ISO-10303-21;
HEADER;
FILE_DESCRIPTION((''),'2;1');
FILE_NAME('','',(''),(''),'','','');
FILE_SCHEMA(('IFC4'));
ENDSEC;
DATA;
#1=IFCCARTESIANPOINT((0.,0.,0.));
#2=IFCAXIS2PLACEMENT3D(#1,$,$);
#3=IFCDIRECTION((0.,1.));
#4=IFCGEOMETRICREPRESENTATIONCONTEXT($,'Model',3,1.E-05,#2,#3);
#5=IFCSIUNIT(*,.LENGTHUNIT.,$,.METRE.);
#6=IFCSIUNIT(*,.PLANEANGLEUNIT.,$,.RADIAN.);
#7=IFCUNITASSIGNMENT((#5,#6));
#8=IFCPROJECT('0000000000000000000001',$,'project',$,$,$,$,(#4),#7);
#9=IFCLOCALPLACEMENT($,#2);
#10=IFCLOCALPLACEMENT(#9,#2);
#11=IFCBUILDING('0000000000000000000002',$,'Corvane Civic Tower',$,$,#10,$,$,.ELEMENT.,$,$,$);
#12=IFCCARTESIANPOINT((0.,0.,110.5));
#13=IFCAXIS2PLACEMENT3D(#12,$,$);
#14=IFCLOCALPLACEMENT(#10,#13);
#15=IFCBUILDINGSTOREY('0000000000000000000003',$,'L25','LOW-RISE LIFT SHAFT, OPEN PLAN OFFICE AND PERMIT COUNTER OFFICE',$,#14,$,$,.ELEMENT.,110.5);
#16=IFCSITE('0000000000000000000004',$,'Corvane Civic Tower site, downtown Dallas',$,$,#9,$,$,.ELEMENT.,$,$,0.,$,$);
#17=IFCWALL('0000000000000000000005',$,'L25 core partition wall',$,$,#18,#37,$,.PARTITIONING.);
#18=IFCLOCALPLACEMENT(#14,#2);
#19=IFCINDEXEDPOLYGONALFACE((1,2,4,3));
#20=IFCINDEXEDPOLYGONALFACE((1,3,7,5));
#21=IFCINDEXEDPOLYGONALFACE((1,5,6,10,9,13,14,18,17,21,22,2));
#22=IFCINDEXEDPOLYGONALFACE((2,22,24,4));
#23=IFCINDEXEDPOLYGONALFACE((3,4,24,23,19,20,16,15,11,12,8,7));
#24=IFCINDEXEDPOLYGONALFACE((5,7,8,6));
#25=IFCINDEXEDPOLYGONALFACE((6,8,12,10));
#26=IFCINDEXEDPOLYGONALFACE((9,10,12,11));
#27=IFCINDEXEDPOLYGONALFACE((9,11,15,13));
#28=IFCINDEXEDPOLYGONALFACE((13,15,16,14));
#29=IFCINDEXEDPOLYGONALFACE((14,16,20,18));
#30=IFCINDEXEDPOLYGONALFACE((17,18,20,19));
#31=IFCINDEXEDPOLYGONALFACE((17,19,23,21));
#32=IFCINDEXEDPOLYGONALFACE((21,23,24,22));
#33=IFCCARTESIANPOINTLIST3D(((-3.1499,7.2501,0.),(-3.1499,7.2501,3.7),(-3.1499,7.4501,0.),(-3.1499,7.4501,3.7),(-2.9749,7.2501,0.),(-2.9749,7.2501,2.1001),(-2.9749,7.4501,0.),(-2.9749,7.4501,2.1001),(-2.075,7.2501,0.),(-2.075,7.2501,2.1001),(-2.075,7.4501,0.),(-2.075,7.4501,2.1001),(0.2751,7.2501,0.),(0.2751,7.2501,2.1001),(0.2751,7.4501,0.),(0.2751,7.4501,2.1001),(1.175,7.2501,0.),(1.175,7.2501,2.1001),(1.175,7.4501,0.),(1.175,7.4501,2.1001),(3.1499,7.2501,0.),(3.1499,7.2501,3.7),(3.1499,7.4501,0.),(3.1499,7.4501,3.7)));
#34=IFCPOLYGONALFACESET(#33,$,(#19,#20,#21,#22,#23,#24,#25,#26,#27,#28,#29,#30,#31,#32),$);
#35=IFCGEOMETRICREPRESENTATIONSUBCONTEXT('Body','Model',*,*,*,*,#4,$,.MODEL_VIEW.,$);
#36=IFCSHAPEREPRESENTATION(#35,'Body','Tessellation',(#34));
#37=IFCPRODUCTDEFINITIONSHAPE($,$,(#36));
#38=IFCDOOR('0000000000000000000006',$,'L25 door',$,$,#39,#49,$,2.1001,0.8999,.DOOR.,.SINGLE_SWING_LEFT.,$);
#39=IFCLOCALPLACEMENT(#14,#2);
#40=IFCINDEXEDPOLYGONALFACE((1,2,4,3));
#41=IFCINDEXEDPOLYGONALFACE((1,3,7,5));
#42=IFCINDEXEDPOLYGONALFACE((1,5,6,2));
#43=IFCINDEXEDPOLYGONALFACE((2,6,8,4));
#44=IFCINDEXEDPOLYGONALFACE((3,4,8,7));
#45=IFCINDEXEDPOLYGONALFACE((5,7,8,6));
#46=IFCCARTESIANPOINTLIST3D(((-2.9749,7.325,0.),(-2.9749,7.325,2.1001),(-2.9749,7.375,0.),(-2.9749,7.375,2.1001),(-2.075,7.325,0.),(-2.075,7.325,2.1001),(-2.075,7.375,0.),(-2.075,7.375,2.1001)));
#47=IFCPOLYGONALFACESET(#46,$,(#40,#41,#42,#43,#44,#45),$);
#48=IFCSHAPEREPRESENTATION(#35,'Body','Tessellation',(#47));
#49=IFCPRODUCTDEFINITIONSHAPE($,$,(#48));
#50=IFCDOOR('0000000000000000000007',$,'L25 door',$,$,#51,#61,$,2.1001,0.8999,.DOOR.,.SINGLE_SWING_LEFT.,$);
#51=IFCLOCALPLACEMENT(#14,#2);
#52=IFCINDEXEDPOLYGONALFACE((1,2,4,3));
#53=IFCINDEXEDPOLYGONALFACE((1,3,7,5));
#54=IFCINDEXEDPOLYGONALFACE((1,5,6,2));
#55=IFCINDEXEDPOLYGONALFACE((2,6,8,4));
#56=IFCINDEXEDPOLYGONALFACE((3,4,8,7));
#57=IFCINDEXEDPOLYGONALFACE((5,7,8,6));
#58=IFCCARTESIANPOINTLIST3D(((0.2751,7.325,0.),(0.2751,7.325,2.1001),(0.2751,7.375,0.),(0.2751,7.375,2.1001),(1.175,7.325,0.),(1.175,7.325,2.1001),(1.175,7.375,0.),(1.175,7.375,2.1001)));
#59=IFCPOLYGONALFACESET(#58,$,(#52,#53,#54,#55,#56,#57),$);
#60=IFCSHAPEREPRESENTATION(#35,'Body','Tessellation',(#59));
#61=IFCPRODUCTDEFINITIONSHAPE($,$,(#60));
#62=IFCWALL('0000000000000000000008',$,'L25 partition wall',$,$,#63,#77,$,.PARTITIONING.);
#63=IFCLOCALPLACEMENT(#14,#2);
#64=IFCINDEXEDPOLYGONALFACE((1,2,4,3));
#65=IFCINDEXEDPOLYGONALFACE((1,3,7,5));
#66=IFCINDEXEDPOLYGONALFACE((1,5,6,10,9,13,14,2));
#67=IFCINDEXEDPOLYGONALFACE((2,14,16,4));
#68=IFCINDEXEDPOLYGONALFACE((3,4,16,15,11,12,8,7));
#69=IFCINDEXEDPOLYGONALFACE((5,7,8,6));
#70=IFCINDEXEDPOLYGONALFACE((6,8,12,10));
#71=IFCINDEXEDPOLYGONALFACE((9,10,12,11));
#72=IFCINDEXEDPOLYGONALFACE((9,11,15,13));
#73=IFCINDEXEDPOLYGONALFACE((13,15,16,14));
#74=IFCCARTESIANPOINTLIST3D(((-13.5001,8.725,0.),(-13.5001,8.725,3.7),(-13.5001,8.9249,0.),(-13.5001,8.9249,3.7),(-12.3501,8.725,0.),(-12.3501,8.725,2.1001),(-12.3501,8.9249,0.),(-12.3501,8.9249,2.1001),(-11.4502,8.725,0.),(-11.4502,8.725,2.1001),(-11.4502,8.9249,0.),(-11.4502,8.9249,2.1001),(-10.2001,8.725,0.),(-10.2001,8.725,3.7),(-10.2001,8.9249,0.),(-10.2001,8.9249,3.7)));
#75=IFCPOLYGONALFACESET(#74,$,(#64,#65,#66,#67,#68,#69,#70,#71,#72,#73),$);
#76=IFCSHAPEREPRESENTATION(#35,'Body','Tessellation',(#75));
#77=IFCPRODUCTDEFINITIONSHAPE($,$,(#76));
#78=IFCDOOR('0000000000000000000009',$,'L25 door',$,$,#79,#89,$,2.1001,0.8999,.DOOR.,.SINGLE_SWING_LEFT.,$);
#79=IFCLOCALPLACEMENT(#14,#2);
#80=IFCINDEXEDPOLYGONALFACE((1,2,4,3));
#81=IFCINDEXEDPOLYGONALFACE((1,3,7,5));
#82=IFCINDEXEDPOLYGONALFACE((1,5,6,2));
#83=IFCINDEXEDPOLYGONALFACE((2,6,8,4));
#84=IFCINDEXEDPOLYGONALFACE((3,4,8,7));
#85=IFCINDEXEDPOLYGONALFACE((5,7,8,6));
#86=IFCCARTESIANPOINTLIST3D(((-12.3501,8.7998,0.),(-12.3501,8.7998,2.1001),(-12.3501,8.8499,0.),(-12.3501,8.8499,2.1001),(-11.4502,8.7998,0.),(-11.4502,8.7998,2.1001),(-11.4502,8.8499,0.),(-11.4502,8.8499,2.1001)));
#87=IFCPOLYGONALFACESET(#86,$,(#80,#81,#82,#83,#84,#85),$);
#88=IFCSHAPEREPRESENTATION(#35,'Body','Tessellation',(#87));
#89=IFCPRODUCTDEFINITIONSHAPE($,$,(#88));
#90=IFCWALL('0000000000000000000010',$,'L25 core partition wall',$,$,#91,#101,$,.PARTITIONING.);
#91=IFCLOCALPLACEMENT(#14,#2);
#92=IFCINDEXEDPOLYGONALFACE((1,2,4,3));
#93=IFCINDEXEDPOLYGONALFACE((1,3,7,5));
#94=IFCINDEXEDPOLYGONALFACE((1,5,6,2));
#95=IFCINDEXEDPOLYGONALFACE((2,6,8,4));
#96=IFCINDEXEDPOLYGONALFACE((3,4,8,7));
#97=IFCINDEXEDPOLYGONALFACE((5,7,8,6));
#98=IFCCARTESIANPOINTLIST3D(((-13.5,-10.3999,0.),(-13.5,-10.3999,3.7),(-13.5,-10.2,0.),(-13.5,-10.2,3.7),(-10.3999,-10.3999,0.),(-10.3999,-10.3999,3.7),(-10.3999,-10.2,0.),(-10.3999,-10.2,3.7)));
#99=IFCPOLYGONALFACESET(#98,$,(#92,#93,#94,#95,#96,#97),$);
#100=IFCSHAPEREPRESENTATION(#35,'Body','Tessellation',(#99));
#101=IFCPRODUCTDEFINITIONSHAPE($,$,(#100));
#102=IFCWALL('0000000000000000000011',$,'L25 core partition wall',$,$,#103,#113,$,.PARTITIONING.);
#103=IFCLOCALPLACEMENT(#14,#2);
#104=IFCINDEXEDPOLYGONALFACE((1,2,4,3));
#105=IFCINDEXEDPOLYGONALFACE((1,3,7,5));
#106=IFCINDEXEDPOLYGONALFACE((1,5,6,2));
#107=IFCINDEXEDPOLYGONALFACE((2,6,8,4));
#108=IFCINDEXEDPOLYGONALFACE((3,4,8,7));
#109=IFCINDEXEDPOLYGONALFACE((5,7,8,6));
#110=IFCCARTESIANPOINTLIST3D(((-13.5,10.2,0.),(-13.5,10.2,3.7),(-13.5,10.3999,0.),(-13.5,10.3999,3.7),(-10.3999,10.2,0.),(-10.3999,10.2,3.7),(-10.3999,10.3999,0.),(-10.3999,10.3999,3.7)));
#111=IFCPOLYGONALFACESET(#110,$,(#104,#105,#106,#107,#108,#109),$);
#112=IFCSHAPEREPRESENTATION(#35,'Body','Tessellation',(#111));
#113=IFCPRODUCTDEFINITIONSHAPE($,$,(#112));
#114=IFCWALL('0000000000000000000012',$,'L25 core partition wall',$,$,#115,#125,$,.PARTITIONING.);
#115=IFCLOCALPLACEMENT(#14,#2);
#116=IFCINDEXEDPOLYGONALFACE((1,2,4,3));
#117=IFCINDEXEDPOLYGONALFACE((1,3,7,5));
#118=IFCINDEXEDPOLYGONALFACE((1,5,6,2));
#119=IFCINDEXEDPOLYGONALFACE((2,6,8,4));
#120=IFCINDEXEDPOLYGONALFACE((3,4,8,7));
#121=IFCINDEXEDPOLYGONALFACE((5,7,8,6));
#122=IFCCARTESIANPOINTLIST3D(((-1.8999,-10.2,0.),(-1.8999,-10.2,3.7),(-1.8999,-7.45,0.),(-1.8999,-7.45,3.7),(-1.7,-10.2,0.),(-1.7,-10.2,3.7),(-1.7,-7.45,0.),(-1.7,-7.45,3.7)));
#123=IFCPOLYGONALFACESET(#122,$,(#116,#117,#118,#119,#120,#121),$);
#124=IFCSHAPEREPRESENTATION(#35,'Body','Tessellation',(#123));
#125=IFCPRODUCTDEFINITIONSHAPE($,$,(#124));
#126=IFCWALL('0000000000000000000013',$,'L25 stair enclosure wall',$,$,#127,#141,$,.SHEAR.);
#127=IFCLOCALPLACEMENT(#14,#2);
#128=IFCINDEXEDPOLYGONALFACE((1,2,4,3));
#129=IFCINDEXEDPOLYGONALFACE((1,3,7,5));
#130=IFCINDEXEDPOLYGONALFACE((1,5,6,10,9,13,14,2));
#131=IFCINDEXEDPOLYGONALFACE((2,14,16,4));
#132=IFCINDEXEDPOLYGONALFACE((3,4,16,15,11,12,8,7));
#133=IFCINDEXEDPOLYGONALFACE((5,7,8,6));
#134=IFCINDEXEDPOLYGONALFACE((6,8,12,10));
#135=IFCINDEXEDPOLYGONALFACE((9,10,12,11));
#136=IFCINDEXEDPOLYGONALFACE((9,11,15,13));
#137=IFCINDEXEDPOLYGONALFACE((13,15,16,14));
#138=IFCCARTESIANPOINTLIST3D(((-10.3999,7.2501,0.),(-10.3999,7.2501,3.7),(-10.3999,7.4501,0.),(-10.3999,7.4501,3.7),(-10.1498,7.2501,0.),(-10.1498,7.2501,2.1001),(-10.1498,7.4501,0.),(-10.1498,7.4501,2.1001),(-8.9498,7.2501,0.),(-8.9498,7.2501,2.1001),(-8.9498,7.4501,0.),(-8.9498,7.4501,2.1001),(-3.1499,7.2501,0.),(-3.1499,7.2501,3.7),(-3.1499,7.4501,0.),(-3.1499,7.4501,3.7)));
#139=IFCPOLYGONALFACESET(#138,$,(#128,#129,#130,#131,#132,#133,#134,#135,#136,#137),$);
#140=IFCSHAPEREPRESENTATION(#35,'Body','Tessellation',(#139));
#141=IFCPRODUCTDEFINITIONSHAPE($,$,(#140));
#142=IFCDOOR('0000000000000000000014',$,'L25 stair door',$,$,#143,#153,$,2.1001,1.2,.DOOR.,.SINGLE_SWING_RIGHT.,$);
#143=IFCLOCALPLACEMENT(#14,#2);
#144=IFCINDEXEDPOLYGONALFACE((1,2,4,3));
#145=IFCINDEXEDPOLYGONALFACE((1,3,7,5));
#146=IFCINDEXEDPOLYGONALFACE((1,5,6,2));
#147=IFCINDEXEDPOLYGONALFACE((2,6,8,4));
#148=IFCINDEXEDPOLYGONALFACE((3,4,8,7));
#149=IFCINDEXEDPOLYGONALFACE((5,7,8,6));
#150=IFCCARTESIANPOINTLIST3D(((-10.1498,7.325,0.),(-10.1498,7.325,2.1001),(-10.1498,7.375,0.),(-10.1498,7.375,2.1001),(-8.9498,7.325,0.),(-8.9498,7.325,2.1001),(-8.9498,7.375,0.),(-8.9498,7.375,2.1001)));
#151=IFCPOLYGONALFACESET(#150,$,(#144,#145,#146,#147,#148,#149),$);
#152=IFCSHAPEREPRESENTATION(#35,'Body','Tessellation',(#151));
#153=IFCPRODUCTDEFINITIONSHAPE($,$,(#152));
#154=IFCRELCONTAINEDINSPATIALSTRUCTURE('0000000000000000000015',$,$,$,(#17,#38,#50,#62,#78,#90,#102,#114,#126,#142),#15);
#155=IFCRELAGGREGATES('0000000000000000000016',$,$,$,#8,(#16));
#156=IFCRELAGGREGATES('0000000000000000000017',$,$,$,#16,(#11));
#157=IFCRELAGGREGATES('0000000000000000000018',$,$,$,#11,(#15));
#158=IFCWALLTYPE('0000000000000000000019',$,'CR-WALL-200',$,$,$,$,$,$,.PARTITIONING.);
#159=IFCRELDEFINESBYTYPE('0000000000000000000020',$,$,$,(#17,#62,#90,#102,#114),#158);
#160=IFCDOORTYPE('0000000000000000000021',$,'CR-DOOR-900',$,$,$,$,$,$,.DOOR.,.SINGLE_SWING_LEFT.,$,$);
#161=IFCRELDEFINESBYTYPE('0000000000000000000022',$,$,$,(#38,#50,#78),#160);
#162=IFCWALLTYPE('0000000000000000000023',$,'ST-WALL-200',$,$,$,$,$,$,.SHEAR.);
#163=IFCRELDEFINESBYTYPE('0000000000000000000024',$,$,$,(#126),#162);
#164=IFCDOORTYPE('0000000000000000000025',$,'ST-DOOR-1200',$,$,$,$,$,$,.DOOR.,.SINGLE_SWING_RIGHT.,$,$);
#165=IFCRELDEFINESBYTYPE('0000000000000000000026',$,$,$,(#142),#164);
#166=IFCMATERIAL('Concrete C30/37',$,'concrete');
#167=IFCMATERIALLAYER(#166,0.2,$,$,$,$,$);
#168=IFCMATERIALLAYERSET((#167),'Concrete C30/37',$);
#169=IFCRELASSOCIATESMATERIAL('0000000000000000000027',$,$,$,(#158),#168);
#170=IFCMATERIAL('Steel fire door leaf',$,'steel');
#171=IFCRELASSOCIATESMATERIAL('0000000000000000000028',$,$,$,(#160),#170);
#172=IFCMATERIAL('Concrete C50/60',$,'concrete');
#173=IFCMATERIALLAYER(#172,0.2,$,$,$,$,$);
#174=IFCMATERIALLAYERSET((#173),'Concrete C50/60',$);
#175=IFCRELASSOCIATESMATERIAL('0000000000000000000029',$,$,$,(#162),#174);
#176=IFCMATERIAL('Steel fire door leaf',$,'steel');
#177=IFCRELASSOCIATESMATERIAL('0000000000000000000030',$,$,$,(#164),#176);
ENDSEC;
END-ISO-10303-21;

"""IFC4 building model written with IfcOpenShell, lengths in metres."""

from ifc_helpers import new_model, si_unit, direction, frame, frame_2d, origin, place, context, subcontext, project, spatial, polyline, rectangle, outline, extrude, material, layer, layer_set, type_object, element, fill, save


model = new_model("IFC4")

# Units and contexts
model_context = context("Model", 3, precision=1e-05, world=origin(), true_north=direction((0.0, 1.0)))
body_context = subcontext(model_context, "Body", "Model", "MODEL_VIEW")
ifc_project = project(units=[si_unit("LENGTHUNIT", "METRE"), si_unit("PLANEANGLEUNIT", "RADIAN")], contexts=[model_context])

# Site, building, storey
site_placement = place(None, origin())
site = spatial("IfcSite", under=ifc_project, at=site_placement, Name="Corvane Civic Tower site, downtown Dallas", CompositionType="ELEMENT", RefElevation=0.0)
building_placement = place(site_placement, origin())
building = spatial("IfcBuilding", under=site, at=building_placement, Name="Corvane Civic Tower", CompositionType="ELEMENT")
storey_placement = place(building_placement, frame((0.0, 0.0, 110.5)))
storey = spatial("IfcBuildingStorey", under=building, at=storey_placement, Name="L25", Description="LOW-RISE LIFT SHAFT, OPEN PLAN OFFICE AND PERMIT COUNTER OFFICE", CompositionType="ELEMENT", Elevation=110.5)

# Shared definitions
ifc_material_1 = material(Name="Concrete C30/37", Category="concrete")
ifc_layer_1 = layer(ifc_material_1, 0.2)
ifc_layer_set_1 = layer_set([ifc_layer_1], Name="Concrete C30/37")
wall_type_1 = type_object("IfcWallType", Name="CR-WALL-200", PredefinedType="PARTITIONING", material=ifc_layer_set_1)

# Shared definitions
ifc_material_2 = material(Name="Steel fire door leaf", Category="steel")
door_type_1 = type_object("IfcDoorType", Name="CR-DOOR-900", OperationType="SINGLE_SWING_LEFT", PredefinedType="DOOR", material=ifc_material_2)

# Wall, openings, doors
wall_1_placement = place(storey_placement, frame((-3.1499, 7.3501, 0.0), z_axis=(0.0, 0.0, 1.0), x_axis=(1.0, 0.0, 0.0)))
wall_1 = element("IfcWall", 1, at=wall_1_placement, inside=storey, type_object=wall_type_1, Name="L25 core partition wall", PredefinedType="PARTITIONING", context=body_context, shape_type="SweptSolid", body=[
    extrude(rectangle(XDim=6.2998, YDim=0.2, at=frame_2d((3.1499, 0.0))), origin(), (0.0, 0.0, 1.0), 3.7),
])
opening_1_placement = place(wall_1_placement, frame((0.175, 0.0, 0.0)))
opening_1 = element("IfcOpeningElement", 2, at=opening_1_placement, cuts=wall_1, PredefinedType="OPENING", context=body_context, shape_type="SweptSolid", body=[
    extrude(rectangle(XDim=0.8999, YDim=2.1001, at=frame_2d((0.45, 1.05))), frame((0.0, 0.1099, 0.0), z_axis=(0.0, -1.0, 0.0), x_axis=(1.0, 0.0, 0.0)), (0.0, 0.0, 1.0), 0.22),
])
opening_2_placement = place(wall_1_placement, frame((3.425, 0.0, 0.0)))
opening_2 = element("IfcOpeningElement", 3, at=opening_2_placement, cuts=wall_1, PredefinedType="OPENING", context=body_context, shape_type="SweptSolid", body=[
    extrude(rectangle(XDim=0.8999, YDim=2.1001, at=frame_2d((0.45, 1.05))), frame((0.0, 0.1099, 0.0), z_axis=(0.0, -1.0, 0.0), x_axis=(1.0, 0.0, 0.0)), (0.0, 0.0, 1.0), 0.22),
])
door_1_placement = place(opening_1_placement, origin())
door_1 = element("IfcDoor", 4, at=door_1_placement, inside=storey, type_object=door_type_1, Name="L25 door", OperationType="SINGLE_SWING_LEFT", OverallHeight=2.1001, OverallWidth=0.8999, PredefinedType="DOOR", context=body_context, shape_type="SweptSolid", body=[
    extrude(rectangle(XDim=0.8999, YDim=2.1001, at=frame_2d((0.45, 1.05))), frame((0.0, 0.0249, 0.0), z_axis=(0.0, -1.0, 0.0), x_axis=(1.0, 0.0, 0.0)), (0.0, 0.0, 1.0), 0.05),
])
fill(opening_1, door_1)
door_2_placement = place(opening_2_placement, origin())
door_2 = element("IfcDoor", 5, at=door_2_placement, inside=storey, type_object=door_type_1, Name="L25 door", OperationType="SINGLE_SWING_LEFT", OverallHeight=2.1001, OverallWidth=0.8999, PredefinedType="DOOR", context=body_context, shape_type="SweptSolid", body=[
    extrude(rectangle(XDim=0.8999, YDim=2.1001, at=frame_2d((0.45, 1.05))), frame((0.0, 0.0249, 0.0), z_axis=(0.0, -1.0, 0.0), x_axis=(1.0, 0.0, 0.0)), (0.0, 0.0, 1.0), 0.05),
])
fill(opening_2, door_2)

# Wall, opening, door
wall_2_placement = place(storey_placement, frame((-13.5, 8.825, 0.0), z_axis=(0.0, 0.0, 1.0), x_axis=(1.0, 0.0, 0.0)))
wall_2 = element("IfcWall", 6, at=wall_2_placement, inside=storey, type_object=wall_type_1, Name="L25 partition wall", PredefinedType="PARTITIONING", context=body_context, shape_type="SweptSolid", body=[
    extrude(rectangle(XDim=3.3, YDim=0.2, at=frame_2d((1.6499, 0.0))), origin(), (0.0, 0.0, 1.0), 3.7),
])
opening_3_placement = place(wall_2_placement, frame((1.1499, 0.0, 0.0)))
opening_3 = element("IfcOpeningElement", 7, at=opening_3_placement, cuts=wall_2, PredefinedType="OPENING", context=body_context, shape_type="SweptSolid", body=[
    extrude(rectangle(XDim=0.8999, YDim=2.1001, at=frame_2d((0.45, 1.05))), frame((0.0, 0.1099, 0.0), z_axis=(0.0, -1.0, 0.0), x_axis=(1.0, 0.0, 0.0)), (0.0, 0.0, 1.0), 0.22),
])
door_3_placement = place(opening_3_placement, origin())
door_3 = element("IfcDoor", 8, at=door_3_placement, inside=storey, type_object=door_type_1, Name="L25 door", OperationType="SINGLE_SWING_LEFT", OverallHeight=2.1001, OverallWidth=0.8999, PredefinedType="DOOR", context=body_context, shape_type="SweptSolid", body=[
    extrude(rectangle(XDim=0.8999, YDim=2.1001, at=frame_2d((0.45, 1.05))), frame((0.0, 0.0249, 0.0), z_axis=(0.0, -1.0, 0.0), x_axis=(1.0, 0.0, 0.0)), (0.0, 0.0, 1.0), 0.05),
])
fill(opening_3, door_3)

# Walls
wall_3_placement = place(storey_placement, origin())
element("IfcWall", 9, at=wall_3_placement, inside=storey, type_object=wall_type_1, Name="L25 core partition wall", PredefinedType="PARTITIONING", context=body_context, shape_type="SweptSolid", body=[
    extrude(outline(polyline([(-10.3999, -10.3999), (-13.5, -10.3999), (-13.5, -10.2), (-10.3999, -10.2), (-10.3999, -10.3999)])), origin(), (0.0, 0.0, 1.0), 3.7),
])
wall_4_placement = place(storey_placement, origin())
element("IfcWall", 10, at=wall_4_placement, inside=storey, type_object=wall_type_1, Name="L25 core partition wall", PredefinedType="PARTITIONING", context=body_context, shape_type="SweptSolid", body=[
    extrude(outline(polyline([(-13.5, 10.2), (-13.5, 10.3999), (-10.3999, 10.3999), (-10.3999, 10.2), (-13.5, 10.2)])), origin(), (0.0, 0.0, 1.0), 3.7),
])
wall_5_placement = place(storey_placement, origin())
element("IfcWall", 11, at=wall_5_placement, inside=storey, type_object=wall_type_1, Name="L25 core partition wall", PredefinedType="PARTITIONING", context=body_context, shape_type="SweptSolid", body=[
    extrude(outline(polyline([(-1.7, -7.45), (-1.7, -10.2), (-1.8999, -10.2), (-1.8999, -7.45), (-1.7, -7.45)])), origin(), (0.0, 0.0, 1.0), 3.7),
])

# Wall, opening, door
ifc_material_3 = material(Name="Concrete C50/60", Category="concrete")
ifc_layer_2 = layer(ifc_material_3, 0.2)
ifc_layer_set_2 = layer_set([ifc_layer_2], Name="Concrete C50/60")
wall_type_2 = type_object("IfcWallType", Name="ST-WALL-200", PredefinedType="SHEAR", material=ifc_layer_set_2)
wall_6_placement = place(storey_placement, frame((-10.3999, 7.3501, 0.0), z_axis=(0.0, 0.0, 1.0), x_axis=(1.0, 0.0, 0.0)))
wall_6 = element("IfcWall", 12, at=wall_6_placement, inside=storey, type_object=wall_type_2, Name="L25 stair enclosure wall", PredefinedType="SHEAR", context=body_context, shape_type="SweptSolid", body=[
    extrude(rectangle(XDim=7.25, YDim=0.2, at=frame_2d((3.625, 0.0))), origin(), (0.0, 0.0, 1.0), 3.7),
])
opening_4_placement = place(wall_6_placement, frame((0.25, 0.0, 0.0)))
opening_4 = element("IfcOpeningElement", 13, at=opening_4_placement, cuts=wall_6, PredefinedType="OPENING", context=body_context, shape_type="SweptSolid", body=[
    extrude(rectangle(XDim=1.2, YDim=2.1001, at=frame_2d((0.6001, 1.05))), frame((0.0, 0.1099, 0.0), z_axis=(0.0, -1.0, 0.0), x_axis=(1.0, 0.0, 0.0)), (0.0, 0.0, 1.0), 0.22),
])
ifc_material_4 = material(Name="Steel fire door leaf", Category="steel")
door_type_2 = type_object("IfcDoorType", Name="ST-DOOR-1200", OperationType="SINGLE_SWING_RIGHT", PredefinedType="DOOR", material=ifc_material_4)
door_4_placement = place(opening_4_placement, origin())
door_4 = element("IfcDoor", 14, at=door_4_placement, inside=storey, type_object=door_type_2, Name="L25 stair door", OperationType="SINGLE_SWING_RIGHT", OverallHeight=2.1001, OverallWidth=1.2, PredefinedType="DOOR", context=body_context, shape_type="SweptSolid", body=[
    extrude(rectangle(XDim=1.2, YDim=2.1001, at=frame_2d((0.6001, 1.05))), frame((0.0, 0.0249, 0.0), z_axis=(0.0, -1.0, 0.0), x_axis=(1.0, 0.0, 0.0)), (0.0, 0.0, 1.0), 0.05),
])
fill(opening_4, door_4)

save(model, "model.ifc")
